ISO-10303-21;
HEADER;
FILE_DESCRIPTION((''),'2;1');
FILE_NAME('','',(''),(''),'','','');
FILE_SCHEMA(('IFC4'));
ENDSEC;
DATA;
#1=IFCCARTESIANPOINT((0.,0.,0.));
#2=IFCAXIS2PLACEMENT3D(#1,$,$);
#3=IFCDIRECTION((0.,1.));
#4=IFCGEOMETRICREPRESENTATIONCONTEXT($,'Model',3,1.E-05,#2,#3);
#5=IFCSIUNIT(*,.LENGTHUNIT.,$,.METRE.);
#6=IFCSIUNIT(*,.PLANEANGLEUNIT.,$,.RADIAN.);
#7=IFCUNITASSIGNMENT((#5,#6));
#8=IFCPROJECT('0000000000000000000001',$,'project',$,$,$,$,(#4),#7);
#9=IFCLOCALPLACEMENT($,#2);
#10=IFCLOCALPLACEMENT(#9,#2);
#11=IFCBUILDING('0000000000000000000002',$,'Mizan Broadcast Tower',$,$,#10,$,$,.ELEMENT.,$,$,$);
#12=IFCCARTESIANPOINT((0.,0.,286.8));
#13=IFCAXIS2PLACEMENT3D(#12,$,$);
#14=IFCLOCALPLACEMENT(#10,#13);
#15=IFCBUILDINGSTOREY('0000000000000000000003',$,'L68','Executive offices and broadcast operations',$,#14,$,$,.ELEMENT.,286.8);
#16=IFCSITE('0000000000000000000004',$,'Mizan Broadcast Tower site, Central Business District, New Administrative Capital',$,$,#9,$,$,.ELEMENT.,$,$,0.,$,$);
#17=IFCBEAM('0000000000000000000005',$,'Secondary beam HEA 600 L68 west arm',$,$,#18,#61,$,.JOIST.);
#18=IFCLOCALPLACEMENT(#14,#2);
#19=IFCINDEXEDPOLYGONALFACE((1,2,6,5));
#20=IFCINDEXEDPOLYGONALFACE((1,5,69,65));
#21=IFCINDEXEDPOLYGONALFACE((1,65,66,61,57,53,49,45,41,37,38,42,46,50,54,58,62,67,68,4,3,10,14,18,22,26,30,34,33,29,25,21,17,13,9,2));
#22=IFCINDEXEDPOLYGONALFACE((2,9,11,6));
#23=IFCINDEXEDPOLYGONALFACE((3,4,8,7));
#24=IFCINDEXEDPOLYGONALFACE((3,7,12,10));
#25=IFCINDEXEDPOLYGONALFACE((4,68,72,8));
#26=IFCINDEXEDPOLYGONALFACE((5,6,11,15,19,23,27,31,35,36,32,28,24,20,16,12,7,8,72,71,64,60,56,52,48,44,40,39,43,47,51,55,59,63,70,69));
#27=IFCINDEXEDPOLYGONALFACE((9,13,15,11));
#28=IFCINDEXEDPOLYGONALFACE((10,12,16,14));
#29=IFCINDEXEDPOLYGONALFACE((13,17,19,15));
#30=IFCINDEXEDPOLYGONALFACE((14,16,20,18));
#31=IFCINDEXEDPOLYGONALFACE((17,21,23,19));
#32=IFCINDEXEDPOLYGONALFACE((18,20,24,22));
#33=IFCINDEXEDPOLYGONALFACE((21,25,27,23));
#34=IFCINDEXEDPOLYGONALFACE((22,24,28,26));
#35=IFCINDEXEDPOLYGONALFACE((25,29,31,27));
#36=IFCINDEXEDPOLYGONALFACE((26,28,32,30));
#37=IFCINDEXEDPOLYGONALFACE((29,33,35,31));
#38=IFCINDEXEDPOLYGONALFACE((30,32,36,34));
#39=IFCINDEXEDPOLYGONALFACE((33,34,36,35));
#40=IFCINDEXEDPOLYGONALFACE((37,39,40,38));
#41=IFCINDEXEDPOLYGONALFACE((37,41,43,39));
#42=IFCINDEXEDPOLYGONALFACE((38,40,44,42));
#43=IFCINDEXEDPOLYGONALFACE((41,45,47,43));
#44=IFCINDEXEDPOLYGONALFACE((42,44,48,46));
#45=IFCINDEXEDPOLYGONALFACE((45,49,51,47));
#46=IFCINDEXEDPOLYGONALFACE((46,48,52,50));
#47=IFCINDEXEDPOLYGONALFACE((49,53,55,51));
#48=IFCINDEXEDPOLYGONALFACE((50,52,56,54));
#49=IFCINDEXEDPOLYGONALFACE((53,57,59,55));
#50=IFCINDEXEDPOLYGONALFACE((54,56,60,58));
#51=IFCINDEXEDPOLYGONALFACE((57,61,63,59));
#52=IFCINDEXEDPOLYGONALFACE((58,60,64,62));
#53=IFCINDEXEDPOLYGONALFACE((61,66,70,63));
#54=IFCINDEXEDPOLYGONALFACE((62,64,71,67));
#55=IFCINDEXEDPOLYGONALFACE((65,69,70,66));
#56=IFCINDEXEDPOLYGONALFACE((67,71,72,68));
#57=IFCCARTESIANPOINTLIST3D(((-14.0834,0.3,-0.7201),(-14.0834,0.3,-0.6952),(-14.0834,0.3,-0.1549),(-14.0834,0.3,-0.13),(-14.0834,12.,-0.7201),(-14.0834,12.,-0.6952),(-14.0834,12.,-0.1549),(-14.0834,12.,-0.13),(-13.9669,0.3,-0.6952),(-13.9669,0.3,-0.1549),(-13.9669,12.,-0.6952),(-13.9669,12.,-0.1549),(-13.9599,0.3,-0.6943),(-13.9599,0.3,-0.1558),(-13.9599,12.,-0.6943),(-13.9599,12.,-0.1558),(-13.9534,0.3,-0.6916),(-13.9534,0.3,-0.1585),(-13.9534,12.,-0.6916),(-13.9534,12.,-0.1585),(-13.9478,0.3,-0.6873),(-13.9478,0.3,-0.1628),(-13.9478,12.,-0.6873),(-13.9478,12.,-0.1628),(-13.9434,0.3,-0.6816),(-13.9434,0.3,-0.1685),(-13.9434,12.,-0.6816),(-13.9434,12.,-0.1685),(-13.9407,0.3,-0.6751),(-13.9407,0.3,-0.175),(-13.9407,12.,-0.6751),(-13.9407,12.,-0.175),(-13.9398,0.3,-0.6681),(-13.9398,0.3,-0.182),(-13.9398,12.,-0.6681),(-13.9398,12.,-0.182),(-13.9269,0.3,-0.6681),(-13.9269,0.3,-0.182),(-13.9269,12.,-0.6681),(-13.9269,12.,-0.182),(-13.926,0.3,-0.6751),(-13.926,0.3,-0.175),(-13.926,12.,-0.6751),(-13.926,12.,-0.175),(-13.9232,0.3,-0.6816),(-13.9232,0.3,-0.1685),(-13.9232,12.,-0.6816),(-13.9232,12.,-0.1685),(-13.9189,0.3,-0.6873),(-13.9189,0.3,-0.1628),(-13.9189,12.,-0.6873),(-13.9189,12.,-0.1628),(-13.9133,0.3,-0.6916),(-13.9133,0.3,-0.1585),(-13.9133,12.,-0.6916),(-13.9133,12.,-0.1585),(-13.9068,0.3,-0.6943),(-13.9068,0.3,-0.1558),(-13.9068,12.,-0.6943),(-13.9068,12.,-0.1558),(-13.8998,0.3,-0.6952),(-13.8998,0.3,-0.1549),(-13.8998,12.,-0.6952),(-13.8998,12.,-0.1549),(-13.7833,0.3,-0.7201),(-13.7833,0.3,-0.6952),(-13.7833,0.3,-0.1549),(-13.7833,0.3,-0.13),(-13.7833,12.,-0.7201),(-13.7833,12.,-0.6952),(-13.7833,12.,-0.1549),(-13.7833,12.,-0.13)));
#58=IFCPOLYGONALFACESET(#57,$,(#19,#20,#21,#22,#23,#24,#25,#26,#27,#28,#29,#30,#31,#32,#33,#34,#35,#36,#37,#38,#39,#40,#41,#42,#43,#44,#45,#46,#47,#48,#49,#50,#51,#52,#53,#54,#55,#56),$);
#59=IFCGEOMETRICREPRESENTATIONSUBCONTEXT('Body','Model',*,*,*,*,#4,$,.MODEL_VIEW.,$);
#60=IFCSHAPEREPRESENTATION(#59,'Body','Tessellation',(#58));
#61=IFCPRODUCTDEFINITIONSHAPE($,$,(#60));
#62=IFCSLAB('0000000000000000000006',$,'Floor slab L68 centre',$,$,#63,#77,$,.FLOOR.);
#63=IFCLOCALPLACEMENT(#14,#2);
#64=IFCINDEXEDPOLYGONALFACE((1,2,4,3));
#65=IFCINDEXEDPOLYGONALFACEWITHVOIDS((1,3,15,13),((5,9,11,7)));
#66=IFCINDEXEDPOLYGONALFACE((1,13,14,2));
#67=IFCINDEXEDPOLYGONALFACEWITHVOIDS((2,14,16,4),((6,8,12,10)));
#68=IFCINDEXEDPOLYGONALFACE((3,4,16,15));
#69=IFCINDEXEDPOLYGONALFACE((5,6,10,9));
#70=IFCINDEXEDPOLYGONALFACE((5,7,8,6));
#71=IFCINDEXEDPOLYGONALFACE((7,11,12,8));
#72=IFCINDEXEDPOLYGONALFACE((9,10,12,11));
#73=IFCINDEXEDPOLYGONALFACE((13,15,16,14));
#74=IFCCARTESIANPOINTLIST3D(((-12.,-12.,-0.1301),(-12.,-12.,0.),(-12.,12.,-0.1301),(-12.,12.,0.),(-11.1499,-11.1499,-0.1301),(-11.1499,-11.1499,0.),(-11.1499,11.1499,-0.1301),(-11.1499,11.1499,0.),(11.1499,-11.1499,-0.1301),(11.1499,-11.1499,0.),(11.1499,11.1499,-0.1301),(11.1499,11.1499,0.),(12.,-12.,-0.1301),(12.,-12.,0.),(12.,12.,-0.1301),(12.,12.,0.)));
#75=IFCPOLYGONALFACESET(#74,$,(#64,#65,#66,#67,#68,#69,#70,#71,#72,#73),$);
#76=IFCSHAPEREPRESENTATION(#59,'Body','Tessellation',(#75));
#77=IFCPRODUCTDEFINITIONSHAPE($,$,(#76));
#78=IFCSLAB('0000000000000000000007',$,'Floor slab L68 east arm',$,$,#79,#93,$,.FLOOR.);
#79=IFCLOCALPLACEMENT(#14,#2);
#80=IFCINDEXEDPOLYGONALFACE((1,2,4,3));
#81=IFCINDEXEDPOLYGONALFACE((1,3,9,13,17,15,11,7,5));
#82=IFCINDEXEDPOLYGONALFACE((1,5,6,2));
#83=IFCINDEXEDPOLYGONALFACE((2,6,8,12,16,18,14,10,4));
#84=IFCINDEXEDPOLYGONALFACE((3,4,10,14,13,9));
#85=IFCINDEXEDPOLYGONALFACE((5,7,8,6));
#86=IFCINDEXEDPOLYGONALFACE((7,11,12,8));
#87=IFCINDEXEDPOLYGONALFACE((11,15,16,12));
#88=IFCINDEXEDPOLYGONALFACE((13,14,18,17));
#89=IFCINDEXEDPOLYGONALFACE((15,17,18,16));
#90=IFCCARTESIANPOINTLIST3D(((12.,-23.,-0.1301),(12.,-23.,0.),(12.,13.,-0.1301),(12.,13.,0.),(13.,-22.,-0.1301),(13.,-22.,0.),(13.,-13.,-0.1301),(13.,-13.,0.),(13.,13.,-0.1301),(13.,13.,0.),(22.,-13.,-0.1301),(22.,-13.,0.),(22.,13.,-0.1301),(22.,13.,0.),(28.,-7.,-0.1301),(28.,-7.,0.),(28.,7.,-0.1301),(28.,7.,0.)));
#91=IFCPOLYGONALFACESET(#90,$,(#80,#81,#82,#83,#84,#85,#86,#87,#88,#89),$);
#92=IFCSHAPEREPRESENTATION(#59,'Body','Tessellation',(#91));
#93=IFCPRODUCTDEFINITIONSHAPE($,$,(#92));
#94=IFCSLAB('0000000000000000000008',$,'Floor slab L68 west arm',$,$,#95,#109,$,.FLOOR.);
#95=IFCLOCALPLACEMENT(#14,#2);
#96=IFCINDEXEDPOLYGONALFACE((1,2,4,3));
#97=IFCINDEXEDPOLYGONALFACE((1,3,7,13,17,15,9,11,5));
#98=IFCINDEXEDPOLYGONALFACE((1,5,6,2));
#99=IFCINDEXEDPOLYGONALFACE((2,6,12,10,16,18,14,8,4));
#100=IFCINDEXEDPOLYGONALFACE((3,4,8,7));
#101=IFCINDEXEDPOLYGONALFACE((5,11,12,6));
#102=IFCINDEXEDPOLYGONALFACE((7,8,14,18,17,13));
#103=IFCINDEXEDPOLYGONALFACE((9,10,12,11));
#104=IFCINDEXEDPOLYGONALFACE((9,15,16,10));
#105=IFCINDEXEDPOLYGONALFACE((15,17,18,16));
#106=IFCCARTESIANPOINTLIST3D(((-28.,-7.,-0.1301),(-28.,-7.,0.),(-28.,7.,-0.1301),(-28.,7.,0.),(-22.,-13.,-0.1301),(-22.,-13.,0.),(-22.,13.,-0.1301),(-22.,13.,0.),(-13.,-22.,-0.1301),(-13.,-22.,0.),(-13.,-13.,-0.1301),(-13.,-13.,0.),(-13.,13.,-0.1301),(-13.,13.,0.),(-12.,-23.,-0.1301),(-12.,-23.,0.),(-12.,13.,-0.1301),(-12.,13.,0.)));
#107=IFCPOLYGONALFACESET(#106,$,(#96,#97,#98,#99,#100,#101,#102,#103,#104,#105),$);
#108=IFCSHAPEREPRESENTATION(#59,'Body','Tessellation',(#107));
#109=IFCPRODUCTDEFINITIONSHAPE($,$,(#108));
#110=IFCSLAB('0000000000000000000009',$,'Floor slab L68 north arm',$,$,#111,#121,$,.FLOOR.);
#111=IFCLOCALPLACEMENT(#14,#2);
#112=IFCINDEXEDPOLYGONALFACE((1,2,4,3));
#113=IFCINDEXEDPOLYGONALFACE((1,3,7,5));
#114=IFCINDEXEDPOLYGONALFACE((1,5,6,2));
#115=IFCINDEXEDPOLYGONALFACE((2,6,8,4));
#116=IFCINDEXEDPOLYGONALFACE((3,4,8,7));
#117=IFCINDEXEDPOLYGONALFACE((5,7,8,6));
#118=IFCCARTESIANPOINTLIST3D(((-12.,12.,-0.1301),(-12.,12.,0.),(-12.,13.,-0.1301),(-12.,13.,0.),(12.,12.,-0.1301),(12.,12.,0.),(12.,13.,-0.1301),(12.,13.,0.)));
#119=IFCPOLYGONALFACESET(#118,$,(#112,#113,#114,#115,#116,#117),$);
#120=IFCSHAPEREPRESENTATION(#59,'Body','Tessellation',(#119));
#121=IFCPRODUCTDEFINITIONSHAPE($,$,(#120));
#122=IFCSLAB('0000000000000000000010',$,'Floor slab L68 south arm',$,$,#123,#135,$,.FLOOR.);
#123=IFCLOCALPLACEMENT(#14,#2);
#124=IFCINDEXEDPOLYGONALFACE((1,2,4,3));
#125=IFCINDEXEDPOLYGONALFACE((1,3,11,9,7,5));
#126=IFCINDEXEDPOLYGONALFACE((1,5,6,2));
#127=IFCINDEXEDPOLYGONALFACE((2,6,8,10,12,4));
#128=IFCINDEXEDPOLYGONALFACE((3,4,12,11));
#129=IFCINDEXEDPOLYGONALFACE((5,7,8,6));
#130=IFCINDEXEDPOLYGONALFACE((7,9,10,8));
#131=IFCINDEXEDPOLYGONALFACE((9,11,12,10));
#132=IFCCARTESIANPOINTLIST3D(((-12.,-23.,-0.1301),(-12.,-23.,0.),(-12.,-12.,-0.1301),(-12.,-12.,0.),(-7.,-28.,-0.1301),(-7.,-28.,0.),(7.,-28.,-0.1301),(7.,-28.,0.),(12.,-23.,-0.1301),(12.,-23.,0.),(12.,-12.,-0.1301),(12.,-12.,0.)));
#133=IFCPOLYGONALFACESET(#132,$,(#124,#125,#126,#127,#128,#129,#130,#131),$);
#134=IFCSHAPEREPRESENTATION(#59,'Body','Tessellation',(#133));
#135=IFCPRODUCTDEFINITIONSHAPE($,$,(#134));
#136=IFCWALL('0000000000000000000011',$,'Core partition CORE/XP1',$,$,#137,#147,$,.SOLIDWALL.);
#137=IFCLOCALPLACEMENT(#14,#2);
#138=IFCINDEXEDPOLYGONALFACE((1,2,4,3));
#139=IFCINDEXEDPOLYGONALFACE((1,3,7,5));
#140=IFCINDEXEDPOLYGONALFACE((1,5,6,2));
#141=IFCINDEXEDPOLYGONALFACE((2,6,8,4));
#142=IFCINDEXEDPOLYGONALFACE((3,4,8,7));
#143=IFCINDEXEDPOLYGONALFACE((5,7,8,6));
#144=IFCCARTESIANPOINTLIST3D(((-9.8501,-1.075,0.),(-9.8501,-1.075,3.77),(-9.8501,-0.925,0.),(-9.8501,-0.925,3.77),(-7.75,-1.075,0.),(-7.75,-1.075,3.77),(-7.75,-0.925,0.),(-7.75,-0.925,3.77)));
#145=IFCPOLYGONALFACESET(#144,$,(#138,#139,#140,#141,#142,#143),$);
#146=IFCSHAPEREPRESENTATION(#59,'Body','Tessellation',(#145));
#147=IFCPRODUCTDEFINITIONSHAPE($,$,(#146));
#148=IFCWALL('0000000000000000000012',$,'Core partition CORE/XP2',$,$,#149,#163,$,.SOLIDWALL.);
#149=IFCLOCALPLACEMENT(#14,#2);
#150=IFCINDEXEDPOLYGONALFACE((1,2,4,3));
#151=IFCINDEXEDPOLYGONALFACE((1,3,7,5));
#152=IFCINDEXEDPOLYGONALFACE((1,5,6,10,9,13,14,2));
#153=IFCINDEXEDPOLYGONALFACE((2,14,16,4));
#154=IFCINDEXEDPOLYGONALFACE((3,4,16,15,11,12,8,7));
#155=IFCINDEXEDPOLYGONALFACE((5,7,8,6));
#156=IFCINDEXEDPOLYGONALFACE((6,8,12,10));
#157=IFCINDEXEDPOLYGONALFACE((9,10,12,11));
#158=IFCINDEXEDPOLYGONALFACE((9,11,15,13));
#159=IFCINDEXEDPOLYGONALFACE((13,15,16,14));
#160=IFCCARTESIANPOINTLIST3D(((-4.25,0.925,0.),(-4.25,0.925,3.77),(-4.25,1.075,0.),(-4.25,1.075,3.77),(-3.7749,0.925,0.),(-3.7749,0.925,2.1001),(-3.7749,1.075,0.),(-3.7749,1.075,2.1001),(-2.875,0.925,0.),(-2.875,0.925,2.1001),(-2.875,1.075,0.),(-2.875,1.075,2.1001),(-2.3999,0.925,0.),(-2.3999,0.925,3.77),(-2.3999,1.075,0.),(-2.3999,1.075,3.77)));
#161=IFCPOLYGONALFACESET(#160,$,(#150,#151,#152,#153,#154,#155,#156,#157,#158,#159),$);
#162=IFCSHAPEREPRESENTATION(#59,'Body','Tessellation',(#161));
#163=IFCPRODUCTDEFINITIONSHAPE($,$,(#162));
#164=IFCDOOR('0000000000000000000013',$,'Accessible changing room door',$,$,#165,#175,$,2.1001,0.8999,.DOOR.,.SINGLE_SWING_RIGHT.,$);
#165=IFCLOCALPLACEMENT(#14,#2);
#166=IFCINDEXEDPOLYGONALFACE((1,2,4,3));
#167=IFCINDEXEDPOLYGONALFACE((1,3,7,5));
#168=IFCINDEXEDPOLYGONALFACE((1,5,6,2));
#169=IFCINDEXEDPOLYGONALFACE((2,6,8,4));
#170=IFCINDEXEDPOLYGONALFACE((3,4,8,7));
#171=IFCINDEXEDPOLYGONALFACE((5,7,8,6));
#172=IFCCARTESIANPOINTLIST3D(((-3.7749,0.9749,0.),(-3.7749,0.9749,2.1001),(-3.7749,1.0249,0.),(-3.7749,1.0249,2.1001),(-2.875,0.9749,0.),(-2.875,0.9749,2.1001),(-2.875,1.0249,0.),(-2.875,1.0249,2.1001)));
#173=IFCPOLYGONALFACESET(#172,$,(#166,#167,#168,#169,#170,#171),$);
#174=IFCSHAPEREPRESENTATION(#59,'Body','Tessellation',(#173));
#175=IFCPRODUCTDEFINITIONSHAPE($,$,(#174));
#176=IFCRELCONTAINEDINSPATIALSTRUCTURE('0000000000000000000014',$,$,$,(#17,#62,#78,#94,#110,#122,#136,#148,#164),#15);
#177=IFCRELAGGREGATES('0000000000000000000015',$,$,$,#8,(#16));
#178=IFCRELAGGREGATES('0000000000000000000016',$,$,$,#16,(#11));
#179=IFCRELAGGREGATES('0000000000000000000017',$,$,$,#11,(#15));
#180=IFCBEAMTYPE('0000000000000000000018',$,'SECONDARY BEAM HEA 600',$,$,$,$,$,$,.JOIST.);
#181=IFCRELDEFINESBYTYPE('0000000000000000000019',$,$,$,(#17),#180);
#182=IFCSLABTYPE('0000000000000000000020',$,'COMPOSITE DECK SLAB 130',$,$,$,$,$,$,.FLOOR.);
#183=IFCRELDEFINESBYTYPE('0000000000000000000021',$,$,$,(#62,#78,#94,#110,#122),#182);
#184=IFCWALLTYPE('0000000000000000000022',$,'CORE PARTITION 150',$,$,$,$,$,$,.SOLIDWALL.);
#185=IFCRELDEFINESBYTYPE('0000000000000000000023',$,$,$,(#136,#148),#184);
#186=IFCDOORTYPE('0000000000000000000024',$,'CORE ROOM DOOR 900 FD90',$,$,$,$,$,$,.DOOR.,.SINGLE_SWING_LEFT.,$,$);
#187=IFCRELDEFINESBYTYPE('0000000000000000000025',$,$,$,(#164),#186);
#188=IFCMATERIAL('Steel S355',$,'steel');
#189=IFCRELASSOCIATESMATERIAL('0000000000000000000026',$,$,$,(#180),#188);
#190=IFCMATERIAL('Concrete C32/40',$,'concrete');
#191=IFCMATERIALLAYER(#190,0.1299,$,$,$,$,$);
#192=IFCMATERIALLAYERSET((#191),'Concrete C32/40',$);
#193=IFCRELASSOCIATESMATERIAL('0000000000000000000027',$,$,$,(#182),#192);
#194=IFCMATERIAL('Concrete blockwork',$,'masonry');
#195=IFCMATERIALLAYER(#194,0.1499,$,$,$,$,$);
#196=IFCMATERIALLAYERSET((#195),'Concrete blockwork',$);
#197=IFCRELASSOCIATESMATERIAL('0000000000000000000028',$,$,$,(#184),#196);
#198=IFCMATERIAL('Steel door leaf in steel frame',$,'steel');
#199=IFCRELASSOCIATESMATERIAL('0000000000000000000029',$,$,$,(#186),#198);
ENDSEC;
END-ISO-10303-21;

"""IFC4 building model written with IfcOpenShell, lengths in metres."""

from ifc_helpers import new_model, si_unit, direction, frame, frame_2d, origin, origin_2d, place, context, subcontext, project, spatial, polyline, rectangle, i_section, outline, extrude, material, layer, layer_set, material_profile, profile_set, type_object, element, fill, save


model = new_model("IFC4")

# Units and contexts
model_context = context("Model", 3, precision=1e-05, world=origin(), true_north=direction((0.0, 1.0)))
body_context = subcontext(model_context, "Body", "Model", "MODEL_VIEW")
ifc_project = project(units=[si_unit("LENGTHUNIT", "METRE"), si_unit("PLANEANGLEUNIT", "RADIAN")], contexts=[model_context])

# Site, building, storey
site_placement = place(None, origin())
site = spatial("IfcSite", under=ifc_project, at=site_placement, Name="Mizan Broadcast Tower site, Central Business District, New Administrative Capital", CompositionType="ELEMENT", RefElevation=0.0)
building_placement = place(site_placement, origin())
building = spatial("IfcBuilding", under=site, at=building_placement, Name="Mizan Broadcast Tower", CompositionType="ELEMENT")
storey_placement = place(building_placement, frame((0.0, 0.0, 286.8)))
storey = spatial("IfcBuildingStorey", under=building, at=storey_placement, Name="L68", Description="Executive offices and broadcast operations", CompositionType="ELEMENT", Elevation=286.8)

# Beam
ifc_material_1 = material(Name="Steel S355", Category="steel")
ifc_material_profile_1 = material_profile(ifc_material_1, i_section(OverallWidth=0.3, OverallDepth=0.5901, WebThickness=0.0129, FlangeThickness=0.0249, FilletRadius=0.0271, at=origin_2d()), Name="HEA 600")
ifc_profile_set_1 = profile_set([ifc_material_profile_1], Name="Steel S355")
beam_type_1 = type_object("IfcBeamType", Name="SECONDARY BEAM HEA 600", PredefinedType="JOIST", material=ifc_profile_set_1)
beam_1_placement = place(storey_placement, frame((-13.9333, 12.0, -0.425), z_axis=(0.0, -1.0, 0.0), x_axis=(1.0, 0.0, 0.0)))
element("IfcBeam", 1, at=beam_1_placement, inside=storey, type_object=beam_type_1, Name="Secondary beam HEA 600 L68 west arm", PredefinedType="JOIST", context=body_context, shape_type="SweptSolid", body=[
    extrude(i_section(OverallWidth=0.3, OverallDepth=0.5901, WebThickness=0.0129, FlangeThickness=0.0249, FilletRadius=0.0271, at=origin_2d()), origin(), (0.0, 0.0, 1.0), 11.7),
])

# Slabs
ifc_material_2 = material(Name="Concrete C32/40", Category="concrete")
ifc_layer_1 = layer(ifc_material_2, 0.1299)
ifc_layer_set_1 = layer_set([ifc_layer_1], Name="Concrete C32/40")
slab_type = type_object("IfcSlabType", Name="COMPOSITE DECK SLAB 130", PredefinedType="FLOOR", material=ifc_layer_set_1)
slab_1_placement = place(storey_placement, frame((0.0, 0.0, -0.1301)))
element("IfcSlab", 2, at=slab_1_placement, inside=storey, type_object=slab_type, Name="Floor slab L68 centre", PredefinedType="FLOOR", context=body_context, shape_type="SweptSolid", body=[
    extrude(outline(polyline([(-12.0, -12.0), (12.0, -12.0), (12.0, 12.0), (-12.0, 12.0), (-12.0, -12.0)]), holes=[polyline([(-11.1499, 11.1499), (11.1499, 11.1499), (11.1499, -11.1499), (-11.1499, -11.1499), (-11.1499, 11.1499)])]), origin(), (0.0, 0.0, 1.0), 0.1301),
])
slab_2_placement = place(storey_placement, frame((0.0, 0.0, -0.1301)))
element("IfcSlab", 3, at=slab_2_placement, inside=storey, type_object=slab_type, Name="Floor slab L68 east arm", PredefinedType="FLOOR", context=body_context, shape_type="SweptSolid", body=[
    extrude(outline(polyline([(12.0, -23.0), (13.0, -22.0), (13.0, -13.0), (22.0, -13.0), (28.0, -7.0), (28.0, 7.0), (22.0, 13.0), (13.0, 13.0), (12.0, 13.0), (12.0, -23.0)])), origin(), (0.0, 0.0, 1.0), 0.1301),
])
slab_3_placement = place(storey_placement, frame((0.0, 0.0, -0.1301)))
element("IfcSlab", 4, at=slab_3_placement, inside=storey, type_object=slab_type, Name="Floor slab L68 west arm", PredefinedType="FLOOR", context=body_context, shape_type="SweptSolid", body=[
    extrude(outline(polyline([(-13.0, -22.0), (-12.0, -23.0), (-12.0, 13.0), (-13.0, 13.0), (-22.0, 13.0), (-28.0, 7.0), (-28.0, -7.0), (-22.0, -13.0), (-13.0, -13.0), (-13.0, -22.0)])), origin(), (0.0, 0.0, 1.0), 0.1301),
])
slab_4_placement = place(storey_placement, frame((0.0, 0.0, -0.1301)))
element("IfcSlab", 5, at=slab_4_placement, inside=storey, type_object=slab_type, Name="Floor slab L68 north arm", PredefinedType="FLOOR", context=body_context, shape_type="SweptSolid", body=[
    extrude(outline(polyline([(12.0, 13.0), (-12.0, 13.0), (-12.0, 12.0), (12.0, 12.0), (12.0, 13.0)])), origin(), (0.0, 0.0, 1.0), 0.1301),
])
slab_5_placement = place(storey_placement, frame((0.0, 0.0, -0.1301)))
element("IfcSlab", 6, at=slab_5_placement, inside=storey, type_object=slab_type, Name="Floor slab L68 south arm", PredefinedType="FLOOR", context=body_context, shape_type="SweptSolid", body=[
    extrude(outline(polyline([(7.0, -28.0), (12.0, -23.0), (12.0, -12.0), (-12.0, -12.0), (-12.0, -23.0), (-7.0, -28.0), (7.0, -28.0)])), origin(), (0.0, 0.0, 1.0), 0.1301),
])

# Wall
ifc_material_3 = material(Name="Concrete blockwork", Category="masonry")
ifc_layer_2 = layer(ifc_material_3, 0.1499)
ifc_layer_set_2 = layer_set([ifc_layer_2], Name="Concrete blockwork")
wall_type_1 = type_object("IfcWallType", Name="CORE PARTITION 150", PredefinedType="SOLIDWALL", material=ifc_layer_set_2)
wall_1_placement = place(storey_placement, frame((-9.8501, -1.0, 0.0), z_axis=(0.0, 0.0, 1.0), x_axis=(1.0, 0.0, 0.0)))
element("IfcWall", 7, at=wall_1_placement, inside=storey, type_object=wall_type_1, Name="Core partition CORE/XP1", PredefinedType="SOLIDWALL", context=body_context, shape_type="SweptSolid", body=[
    extrude(rectangle(XDim=2.1001, YDim=0.1499, at=frame_2d((1.05, 0.0))), origin(), (0.0, 0.0, 1.0), 3.77),
])

# Wall, opening, door
wall_2_placement = place(storey_placement, frame((-4.25, 1.0, 0.0), z_axis=(0.0, 0.0, 1.0), x_axis=(1.0, 0.0, 0.0)))
wall_2 = element("IfcWall", 8, at=wall_2_placement, inside=storey, type_object=wall_type_1, Name="Core partition CORE/XP2", PredefinedType="SOLIDWALL", context=body_context, shape_type="SweptSolid", body=[
    extrude(rectangle(XDim=1.8501, YDim=0.1499, at=frame_2d((0.925, 0.0))), origin(), (0.0, 0.0, 1.0), 3.77),
])
opening_1_placement = place(wall_2_placement, frame((0.4751, 0.0, 0.0)))
opening_1 = element("IfcOpeningElement", 9, at=opening_1_placement, cuts=wall_2, PredefinedType="OPENING", context=body_context, shape_type="SweptSolid", body=[
    extrude(rectangle(XDim=0.8999, YDim=2.1001, at=frame_2d((0.45, 1.05))), frame((0.0, 0.085, 0.0), z_axis=(0.0, -1.0, 0.0), x_axis=(1.0, 0.0, 0.0)), (0.0, 0.0, 1.0), 0.1699),
])
ifc_material_4 = material(Name="Steel door leaf in steel frame", Category="steel")
door_type_1 = type_object("IfcDoorType", Name="CORE ROOM DOOR 900 FD90", OperationType="SINGLE_SWING_LEFT", PredefinedType="DOOR", material=ifc_material_4)
door_1_placement = place(opening_1_placement, origin())
door_1 = element("IfcDoor", 10, at=door_1_placement, inside=storey, type_object=door_type_1, Name="Accessible changing room door", OperationType="SINGLE_SWING_RIGHT", OverallHeight=2.1001, OverallWidth=0.8999, PredefinedType="DOOR", context=body_context, shape_type="SweptSolid", body=[
    extrude(rectangle(XDim=0.8999, YDim=2.1001, at=frame_2d((0.45, 1.05))), frame((0.0, 0.0249, 0.0), z_axis=(0.0, -1.0, 0.0), x_axis=(1.0, 0.0, 0.0)), (0.0, 0.0, 1.0), 0.05),
])
fill(opening_1, door_1)

save(model, "model.ifc")
